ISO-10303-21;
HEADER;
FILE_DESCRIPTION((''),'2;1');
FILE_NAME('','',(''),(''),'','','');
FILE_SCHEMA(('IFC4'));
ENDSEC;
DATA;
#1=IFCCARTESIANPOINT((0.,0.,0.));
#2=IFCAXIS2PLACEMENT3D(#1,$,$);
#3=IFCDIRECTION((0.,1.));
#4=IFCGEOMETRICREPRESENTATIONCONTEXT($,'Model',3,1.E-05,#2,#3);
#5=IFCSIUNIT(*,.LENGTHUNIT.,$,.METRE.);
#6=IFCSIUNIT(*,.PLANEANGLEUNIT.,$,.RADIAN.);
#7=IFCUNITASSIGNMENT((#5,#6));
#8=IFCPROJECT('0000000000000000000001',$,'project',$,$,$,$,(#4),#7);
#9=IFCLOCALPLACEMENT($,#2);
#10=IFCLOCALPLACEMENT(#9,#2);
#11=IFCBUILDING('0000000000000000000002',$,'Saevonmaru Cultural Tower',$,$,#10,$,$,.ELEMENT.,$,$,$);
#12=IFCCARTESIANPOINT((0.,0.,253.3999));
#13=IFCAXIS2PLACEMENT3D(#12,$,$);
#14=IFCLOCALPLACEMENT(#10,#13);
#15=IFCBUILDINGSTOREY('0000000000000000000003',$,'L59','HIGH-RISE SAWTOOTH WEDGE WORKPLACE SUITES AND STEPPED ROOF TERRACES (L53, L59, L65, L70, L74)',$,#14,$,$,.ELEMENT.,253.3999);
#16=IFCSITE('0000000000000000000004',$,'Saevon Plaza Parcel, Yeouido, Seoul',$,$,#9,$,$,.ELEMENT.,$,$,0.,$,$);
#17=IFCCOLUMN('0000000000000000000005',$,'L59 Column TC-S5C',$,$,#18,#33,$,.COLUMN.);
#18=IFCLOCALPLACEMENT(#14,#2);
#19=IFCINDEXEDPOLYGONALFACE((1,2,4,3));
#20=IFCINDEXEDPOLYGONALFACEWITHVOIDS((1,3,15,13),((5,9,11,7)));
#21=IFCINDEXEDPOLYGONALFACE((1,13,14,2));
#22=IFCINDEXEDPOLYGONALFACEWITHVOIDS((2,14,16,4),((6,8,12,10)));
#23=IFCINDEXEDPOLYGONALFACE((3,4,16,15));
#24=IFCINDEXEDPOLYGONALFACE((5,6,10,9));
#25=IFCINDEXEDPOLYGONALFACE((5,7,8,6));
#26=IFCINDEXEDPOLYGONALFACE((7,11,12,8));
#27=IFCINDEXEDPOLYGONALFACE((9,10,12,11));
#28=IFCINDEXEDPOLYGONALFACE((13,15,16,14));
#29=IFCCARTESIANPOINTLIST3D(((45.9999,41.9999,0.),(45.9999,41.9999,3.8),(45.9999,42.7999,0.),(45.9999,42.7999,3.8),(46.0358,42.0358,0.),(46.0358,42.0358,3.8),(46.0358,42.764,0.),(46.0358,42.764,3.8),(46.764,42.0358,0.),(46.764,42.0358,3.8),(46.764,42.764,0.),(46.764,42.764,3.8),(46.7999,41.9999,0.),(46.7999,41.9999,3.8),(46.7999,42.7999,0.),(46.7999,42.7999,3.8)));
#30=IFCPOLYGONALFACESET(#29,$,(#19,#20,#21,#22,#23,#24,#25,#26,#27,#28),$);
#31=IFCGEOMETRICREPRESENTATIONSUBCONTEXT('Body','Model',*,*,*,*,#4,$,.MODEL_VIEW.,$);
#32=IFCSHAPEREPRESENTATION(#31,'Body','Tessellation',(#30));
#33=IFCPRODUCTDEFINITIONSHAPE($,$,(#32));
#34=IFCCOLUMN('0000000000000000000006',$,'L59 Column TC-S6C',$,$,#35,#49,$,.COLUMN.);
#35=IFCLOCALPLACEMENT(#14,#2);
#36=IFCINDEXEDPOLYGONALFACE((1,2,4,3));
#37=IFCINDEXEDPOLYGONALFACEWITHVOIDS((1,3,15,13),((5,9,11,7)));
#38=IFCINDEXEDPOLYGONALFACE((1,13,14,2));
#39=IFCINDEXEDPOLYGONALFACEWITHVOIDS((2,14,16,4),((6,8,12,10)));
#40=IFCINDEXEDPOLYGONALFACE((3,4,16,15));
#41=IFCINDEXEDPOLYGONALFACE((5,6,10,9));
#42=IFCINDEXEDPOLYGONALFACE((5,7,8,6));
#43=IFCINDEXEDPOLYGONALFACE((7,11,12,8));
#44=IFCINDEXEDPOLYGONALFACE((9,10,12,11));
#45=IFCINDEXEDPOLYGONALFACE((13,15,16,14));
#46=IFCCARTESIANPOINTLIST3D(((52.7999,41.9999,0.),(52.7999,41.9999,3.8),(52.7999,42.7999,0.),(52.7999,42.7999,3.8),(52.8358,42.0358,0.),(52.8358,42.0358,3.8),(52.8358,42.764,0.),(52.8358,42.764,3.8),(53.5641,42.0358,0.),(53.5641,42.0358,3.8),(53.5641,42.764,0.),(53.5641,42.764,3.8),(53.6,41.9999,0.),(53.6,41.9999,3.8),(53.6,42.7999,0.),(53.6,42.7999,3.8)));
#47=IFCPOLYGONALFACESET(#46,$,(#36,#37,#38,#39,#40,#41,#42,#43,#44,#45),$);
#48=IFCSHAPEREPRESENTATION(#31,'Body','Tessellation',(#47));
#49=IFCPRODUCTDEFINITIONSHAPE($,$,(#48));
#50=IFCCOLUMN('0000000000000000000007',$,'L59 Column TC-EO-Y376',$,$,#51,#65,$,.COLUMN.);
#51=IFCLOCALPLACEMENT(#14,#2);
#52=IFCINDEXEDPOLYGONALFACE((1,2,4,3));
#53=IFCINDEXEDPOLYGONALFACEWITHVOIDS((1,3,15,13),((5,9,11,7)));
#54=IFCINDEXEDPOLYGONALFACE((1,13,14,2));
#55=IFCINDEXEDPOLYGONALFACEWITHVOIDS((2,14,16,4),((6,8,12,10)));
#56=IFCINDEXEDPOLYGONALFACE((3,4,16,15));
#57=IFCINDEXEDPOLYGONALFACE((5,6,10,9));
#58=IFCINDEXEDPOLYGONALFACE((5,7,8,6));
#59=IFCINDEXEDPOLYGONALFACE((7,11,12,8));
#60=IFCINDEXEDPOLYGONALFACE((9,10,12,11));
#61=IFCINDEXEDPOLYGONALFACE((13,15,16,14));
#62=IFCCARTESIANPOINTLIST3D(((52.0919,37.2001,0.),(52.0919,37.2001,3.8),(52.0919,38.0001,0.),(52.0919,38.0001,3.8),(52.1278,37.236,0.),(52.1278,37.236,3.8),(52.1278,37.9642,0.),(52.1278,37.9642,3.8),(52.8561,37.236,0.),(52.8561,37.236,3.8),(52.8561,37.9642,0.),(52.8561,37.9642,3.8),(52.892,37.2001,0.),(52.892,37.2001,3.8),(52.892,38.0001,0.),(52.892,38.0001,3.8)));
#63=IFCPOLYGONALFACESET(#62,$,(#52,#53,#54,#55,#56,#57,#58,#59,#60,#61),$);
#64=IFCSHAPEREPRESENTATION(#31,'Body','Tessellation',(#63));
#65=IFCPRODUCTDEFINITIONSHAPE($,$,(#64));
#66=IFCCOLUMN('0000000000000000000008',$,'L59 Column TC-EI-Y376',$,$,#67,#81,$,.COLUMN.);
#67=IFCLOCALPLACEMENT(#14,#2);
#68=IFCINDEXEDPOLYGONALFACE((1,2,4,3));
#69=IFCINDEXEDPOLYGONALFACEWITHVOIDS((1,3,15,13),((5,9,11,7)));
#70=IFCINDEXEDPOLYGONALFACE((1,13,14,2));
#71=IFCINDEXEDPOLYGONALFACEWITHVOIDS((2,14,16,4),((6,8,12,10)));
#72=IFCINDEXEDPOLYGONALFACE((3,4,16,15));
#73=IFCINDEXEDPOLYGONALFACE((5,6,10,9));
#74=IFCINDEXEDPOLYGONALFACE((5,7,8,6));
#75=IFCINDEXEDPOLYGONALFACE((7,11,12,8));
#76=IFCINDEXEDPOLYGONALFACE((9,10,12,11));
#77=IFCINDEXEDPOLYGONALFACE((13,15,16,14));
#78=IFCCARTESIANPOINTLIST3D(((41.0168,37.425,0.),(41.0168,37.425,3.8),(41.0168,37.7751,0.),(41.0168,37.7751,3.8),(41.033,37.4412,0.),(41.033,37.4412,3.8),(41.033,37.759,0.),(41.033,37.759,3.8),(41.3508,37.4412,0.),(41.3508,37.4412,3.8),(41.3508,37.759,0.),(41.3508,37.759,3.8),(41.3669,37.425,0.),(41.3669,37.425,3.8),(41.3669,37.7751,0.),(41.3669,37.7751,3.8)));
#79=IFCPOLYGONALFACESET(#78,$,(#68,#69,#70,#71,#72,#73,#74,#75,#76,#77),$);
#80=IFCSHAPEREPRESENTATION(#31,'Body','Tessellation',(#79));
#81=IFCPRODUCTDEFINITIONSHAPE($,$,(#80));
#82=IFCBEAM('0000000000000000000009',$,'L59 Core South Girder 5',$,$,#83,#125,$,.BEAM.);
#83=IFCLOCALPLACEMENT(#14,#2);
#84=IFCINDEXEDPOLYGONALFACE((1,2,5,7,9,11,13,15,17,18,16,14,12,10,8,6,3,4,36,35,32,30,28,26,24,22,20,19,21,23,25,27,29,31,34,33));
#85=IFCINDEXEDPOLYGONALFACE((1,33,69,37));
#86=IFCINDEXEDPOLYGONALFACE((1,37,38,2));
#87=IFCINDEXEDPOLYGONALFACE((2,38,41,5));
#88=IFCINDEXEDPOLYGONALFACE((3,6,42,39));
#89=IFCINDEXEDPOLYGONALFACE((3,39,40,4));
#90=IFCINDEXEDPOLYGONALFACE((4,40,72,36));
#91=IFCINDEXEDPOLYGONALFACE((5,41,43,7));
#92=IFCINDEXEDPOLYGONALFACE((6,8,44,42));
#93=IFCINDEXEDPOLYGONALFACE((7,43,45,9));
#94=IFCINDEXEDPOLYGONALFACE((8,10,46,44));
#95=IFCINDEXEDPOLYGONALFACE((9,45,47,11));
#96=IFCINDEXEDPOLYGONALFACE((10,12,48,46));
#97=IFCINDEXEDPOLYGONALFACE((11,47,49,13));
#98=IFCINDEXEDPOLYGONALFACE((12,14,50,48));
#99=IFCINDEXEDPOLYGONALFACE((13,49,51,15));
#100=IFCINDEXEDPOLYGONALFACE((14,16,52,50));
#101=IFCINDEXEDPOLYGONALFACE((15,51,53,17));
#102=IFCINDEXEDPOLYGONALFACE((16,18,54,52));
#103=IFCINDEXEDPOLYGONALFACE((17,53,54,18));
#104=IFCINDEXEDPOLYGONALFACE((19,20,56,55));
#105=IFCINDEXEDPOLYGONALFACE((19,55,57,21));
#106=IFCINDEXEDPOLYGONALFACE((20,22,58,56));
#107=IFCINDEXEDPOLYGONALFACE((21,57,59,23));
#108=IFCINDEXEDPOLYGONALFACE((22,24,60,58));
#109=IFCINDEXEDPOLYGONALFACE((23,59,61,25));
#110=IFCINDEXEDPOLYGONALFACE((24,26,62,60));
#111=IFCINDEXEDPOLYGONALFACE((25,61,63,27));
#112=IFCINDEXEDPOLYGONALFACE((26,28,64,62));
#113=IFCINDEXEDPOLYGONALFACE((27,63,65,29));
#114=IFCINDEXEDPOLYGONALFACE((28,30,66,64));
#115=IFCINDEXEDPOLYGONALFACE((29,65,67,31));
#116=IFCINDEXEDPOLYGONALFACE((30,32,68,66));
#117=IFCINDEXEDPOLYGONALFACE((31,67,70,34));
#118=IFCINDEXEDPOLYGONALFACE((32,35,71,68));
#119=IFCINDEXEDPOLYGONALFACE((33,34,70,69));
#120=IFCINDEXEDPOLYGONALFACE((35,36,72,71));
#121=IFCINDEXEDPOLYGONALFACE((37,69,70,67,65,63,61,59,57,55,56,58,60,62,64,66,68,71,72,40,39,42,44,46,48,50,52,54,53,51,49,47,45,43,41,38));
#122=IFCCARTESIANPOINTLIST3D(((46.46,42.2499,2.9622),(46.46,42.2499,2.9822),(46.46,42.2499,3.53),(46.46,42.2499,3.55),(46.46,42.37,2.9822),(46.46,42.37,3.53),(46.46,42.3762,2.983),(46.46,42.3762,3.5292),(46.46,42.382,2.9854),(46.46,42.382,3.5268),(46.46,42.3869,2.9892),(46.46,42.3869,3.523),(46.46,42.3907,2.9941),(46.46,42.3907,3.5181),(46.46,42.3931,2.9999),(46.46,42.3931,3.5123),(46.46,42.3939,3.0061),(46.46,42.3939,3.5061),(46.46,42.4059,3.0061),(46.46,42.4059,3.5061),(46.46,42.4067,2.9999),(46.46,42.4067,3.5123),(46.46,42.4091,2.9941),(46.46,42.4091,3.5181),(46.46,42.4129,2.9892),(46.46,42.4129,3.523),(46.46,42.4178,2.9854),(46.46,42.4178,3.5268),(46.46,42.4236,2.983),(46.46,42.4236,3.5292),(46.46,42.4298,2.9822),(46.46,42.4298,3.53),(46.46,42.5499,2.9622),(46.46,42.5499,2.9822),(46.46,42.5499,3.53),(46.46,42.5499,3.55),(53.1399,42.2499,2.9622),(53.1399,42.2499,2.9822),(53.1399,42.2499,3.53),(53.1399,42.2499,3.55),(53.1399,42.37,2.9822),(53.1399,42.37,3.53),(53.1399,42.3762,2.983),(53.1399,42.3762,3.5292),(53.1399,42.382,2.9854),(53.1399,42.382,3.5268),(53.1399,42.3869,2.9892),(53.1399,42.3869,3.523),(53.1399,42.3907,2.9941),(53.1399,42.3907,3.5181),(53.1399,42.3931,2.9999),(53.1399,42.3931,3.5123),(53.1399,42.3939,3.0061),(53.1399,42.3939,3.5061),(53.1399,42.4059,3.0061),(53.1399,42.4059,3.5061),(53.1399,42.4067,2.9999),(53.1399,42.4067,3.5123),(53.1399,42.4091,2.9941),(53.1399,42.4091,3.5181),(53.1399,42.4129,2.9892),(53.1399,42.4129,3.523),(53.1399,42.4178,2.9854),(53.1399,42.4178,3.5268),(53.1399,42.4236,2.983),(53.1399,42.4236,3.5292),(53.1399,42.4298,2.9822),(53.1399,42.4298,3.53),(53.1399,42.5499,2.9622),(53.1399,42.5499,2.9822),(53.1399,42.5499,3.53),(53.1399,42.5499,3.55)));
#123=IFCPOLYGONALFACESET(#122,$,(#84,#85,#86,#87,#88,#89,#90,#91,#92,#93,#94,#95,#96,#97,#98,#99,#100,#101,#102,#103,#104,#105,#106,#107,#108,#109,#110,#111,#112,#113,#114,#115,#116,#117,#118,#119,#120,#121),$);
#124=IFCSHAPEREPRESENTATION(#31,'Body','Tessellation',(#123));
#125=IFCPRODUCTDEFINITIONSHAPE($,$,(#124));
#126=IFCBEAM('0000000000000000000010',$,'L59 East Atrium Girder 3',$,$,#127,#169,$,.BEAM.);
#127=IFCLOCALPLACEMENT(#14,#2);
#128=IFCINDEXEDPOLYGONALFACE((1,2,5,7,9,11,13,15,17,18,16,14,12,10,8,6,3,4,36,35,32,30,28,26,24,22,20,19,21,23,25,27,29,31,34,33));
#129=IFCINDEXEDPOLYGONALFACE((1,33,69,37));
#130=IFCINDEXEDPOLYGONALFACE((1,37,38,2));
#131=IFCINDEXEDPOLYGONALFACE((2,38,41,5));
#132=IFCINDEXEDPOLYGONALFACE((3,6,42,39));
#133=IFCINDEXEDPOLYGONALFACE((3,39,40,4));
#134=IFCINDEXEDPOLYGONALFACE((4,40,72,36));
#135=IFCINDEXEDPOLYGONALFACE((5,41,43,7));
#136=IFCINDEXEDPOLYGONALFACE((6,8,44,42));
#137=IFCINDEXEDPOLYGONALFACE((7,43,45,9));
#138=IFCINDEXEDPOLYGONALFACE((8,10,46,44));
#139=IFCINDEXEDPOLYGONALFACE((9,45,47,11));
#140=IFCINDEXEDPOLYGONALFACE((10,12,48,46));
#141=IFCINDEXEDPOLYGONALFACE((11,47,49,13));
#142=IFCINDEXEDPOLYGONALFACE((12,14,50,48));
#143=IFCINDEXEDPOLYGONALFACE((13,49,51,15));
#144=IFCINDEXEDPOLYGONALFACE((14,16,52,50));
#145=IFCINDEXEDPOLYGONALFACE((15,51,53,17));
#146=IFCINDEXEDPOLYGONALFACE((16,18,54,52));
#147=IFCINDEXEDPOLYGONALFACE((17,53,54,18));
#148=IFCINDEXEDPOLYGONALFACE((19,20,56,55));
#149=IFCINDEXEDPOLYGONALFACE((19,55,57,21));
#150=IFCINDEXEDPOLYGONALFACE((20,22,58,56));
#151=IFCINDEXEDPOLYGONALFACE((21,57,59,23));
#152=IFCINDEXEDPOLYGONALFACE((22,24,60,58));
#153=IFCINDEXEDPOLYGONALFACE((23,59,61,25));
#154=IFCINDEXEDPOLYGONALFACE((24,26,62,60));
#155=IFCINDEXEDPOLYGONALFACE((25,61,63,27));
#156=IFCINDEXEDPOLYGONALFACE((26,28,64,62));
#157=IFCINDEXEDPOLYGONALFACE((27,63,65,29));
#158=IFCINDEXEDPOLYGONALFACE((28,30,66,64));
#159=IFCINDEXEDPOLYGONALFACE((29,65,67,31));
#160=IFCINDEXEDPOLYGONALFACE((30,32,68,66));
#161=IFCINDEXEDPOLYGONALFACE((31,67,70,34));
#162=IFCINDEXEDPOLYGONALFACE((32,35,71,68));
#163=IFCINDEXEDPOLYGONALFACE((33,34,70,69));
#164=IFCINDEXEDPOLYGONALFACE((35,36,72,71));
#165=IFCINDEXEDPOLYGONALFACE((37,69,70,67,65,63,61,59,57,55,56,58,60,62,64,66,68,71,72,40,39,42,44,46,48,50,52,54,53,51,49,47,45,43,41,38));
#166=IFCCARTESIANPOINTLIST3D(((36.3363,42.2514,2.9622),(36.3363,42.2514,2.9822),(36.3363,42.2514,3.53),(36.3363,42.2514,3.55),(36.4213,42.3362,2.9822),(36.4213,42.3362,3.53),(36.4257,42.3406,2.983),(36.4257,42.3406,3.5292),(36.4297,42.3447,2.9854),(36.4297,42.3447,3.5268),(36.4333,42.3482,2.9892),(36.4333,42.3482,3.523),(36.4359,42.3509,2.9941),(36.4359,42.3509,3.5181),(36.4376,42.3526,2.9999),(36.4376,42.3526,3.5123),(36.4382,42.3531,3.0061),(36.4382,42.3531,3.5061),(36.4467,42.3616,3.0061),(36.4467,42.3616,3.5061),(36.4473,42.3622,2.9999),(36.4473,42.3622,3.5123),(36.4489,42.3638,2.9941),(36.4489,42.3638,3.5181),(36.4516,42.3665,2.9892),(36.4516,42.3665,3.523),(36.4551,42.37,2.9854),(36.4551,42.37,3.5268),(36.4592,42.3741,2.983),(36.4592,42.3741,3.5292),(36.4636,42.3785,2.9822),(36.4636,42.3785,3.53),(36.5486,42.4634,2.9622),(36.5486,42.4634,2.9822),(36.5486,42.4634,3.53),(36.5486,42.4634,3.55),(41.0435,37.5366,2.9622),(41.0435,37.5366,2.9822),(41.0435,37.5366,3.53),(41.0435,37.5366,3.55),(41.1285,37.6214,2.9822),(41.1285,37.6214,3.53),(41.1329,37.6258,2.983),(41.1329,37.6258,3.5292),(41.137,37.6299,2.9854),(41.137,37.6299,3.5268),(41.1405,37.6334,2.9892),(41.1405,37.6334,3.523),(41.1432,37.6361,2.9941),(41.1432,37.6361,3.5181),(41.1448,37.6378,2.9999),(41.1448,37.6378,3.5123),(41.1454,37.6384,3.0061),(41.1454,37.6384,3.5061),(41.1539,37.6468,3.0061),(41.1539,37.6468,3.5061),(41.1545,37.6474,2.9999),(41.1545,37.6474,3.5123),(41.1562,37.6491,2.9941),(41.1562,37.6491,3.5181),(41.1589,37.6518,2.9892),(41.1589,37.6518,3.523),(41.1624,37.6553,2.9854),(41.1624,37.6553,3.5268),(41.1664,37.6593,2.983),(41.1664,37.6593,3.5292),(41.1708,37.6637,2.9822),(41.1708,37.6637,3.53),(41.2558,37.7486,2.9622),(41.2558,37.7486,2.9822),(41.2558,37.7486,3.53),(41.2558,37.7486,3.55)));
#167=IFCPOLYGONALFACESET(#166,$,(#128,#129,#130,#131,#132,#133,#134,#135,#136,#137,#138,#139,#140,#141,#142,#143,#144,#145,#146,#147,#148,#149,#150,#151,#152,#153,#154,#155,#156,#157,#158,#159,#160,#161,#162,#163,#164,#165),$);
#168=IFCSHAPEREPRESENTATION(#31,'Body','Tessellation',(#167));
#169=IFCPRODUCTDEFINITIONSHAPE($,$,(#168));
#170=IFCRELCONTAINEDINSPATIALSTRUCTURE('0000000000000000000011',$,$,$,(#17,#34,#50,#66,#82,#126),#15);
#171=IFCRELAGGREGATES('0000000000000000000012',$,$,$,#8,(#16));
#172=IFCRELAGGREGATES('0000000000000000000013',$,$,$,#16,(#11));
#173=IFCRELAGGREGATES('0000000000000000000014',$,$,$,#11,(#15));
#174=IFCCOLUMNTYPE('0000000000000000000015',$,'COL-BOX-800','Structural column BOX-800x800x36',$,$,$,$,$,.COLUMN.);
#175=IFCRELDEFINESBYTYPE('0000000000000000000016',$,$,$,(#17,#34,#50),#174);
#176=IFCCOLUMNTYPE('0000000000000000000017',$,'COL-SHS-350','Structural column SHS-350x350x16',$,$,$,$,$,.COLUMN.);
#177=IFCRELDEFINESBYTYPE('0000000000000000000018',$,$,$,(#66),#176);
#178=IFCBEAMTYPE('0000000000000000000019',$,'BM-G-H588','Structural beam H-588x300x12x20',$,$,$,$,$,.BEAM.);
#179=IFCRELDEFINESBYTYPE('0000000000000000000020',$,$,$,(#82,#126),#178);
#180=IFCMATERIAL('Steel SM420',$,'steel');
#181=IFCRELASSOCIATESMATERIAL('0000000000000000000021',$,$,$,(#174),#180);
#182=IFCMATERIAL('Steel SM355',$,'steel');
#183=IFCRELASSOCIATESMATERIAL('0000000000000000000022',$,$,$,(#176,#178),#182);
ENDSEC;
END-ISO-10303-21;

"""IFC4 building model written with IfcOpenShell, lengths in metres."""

from ifc_helpers import new_model, si_unit, direction, frame, origin, origin_2d, place, context, subcontext, project, spatial, hollow_rectangle, i_section, extrude, material, material_profile, profile_set, type_object, element, save


model = new_model("IFC4")

# Units and contexts
model_context = context("Model", 3, precision=1e-05, world=origin(), true_north=direction((0.0, 1.0)))
body_context = subcontext(model_context, "Body", "Model", "MODEL_VIEW")
ifc_project = project(units=[si_unit("LENGTHUNIT", "METRE"), si_unit("PLANEANGLEUNIT", "RADIAN")], contexts=[model_context])

# Site, building, storey
site_placement = place(None, origin())
site = spatial("IfcSite", under=ifc_project, at=site_placement, Name="Saevon Plaza Parcel, Yeouido, Seoul", CompositionType="ELEMENT", RefElevation=0.0)
building_placement = place(site_placement, origin())
building = spatial("IfcBuilding", under=site, at=building_placement, Name="Saevonmaru Cultural Tower", CompositionType="ELEMENT")
storey_placement = place(building_placement, frame((0.0, 0.0, 253.3999)))
storey = spatial("IfcBuildingStorey", under=building, at=storey_placement, Name="L59", Description="HIGH-RISE SAWTOOTH WEDGE WORKPLACE SUITES AND STEPPED ROOF TERRACES (L53, L59, L65, L70, L74)", CompositionType="ELEMENT", Elevation=253.3999)

# Columns
ifc_material_1 = material(Name="Steel SM420", Category="steel")
ifc_material_profile_1 = material_profile(ifc_material_1, hollow_rectangle(XDim=0.8, YDim=0.8, WallThickness=0.0359, at=origin_2d()), Name="BOX-800x800x36")
ifc_profile_set_1 = profile_set([ifc_material_profile_1], Name="Steel SM420")
column_type_1 = type_object("IfcColumnType", Name="COL-BOX-800", Description="Structural column BOX-800x800x36", PredefinedType="COLUMN", material=ifc_profile_set_1)
for number, where, z_axis, x_axis, name in (
    (1, (46.3999, 42.3999, 0.0), (0.0, 0.0, 1.0), (1.0, 0.0, 0.0), "L59 Column TC-S5C"),
    (2, (53.2, 42.3999, 0.0), (0.0, 0.0, 1.0), (1.0, 0.0, 0.0), "L59 Column TC-S6C"),
    (3, (52.4919, 37.6001, 0.0), (0.0, 0.0, 1.0), (1.0, 0.0, 0.0), "L59 Column TC-EO-Y376"),
):
    element("IfcColumn", number, at=place(storey_placement, frame(where, z_axis=z_axis, x_axis=x_axis)), inside=storey, type_object=column_type_1, Name=name, PredefinedType="COLUMN", context=body_context, shape_type="SweptSolid", body=[
        extrude(hollow_rectangle(XDim=0.8, YDim=0.8, WallThickness=0.0359, at=origin_2d()), origin(), (0.0, 0.0, 1.0), 3.8),
    ])
ifc_material_2 = material(Name="Steel SM355", Category="steel")
ifc_material_profile_2 = material_profile(ifc_material_2, hollow_rectangle(XDim=0.3501, YDim=0.3501, WallThickness=0.0161, at=origin_2d()), Name="SHS-350x350x16")
ifc_profile_set_2 = profile_set([ifc_material_profile_2], Name="Steel SM355")
column_type_2 = type_object("IfcColumnType", Name="COL-SHS-350", Description="Structural column SHS-350x350x16", PredefinedType="COLUMN", material=ifc_profile_set_2)
column_placement = place(storey_placement, frame((41.1919, 37.6001, 0.0), z_axis=(0.0, 0.0, 1.0), x_axis=(1.0, 0.0, 0.0)))
element("IfcColumn", 4, at=column_placement, inside=storey, type_object=column_type_2, Name="L59 Column TC-EI-Y376", PredefinedType="COLUMN", context=body_context, shape_type="SweptSolid", body=[
    extrude(hollow_rectangle(XDim=0.3501, YDim=0.3501, WallThickness=0.0161, at=origin_2d()), origin(), (0.0, 0.0, 1.0), 3.8),
])

# Beams
ifc_material_profile_3 = material_profile(ifc_material_2, i_section(OverallWidth=0.3, OverallDepth=0.5879, WebThickness=0.012, FlangeThickness=0.02, FilletRadius=0.0239, at=origin_2d()), Name="H-588x300x12x20")
ifc_profile_set_3 = profile_set([ifc_material_profile_3], Name="Steel SM355")
beam_type_1 = type_object("IfcBeamType", Name="BM-G-H588", Description="Structural beam H-588x300x12x20", PredefinedType="BEAM", material=ifc_profile_set_3)
beam_1_placement = place(storey_placement, frame((46.46, 42.3999, 3.2561), z_axis=(1.0, 0.0, 0.0), x_axis=(0.0, 1.0, 0.0)))
element("IfcBeam", 5, at=beam_1_placement, inside=storey, type_object=beam_type_1, Name="L59 Core South Girder 5", PredefinedType="BEAM", context=body_context, shape_type="SweptSolid", body=[
    extrude(i_section(OverallWidth=0.3, OverallDepth=0.5879, WebThickness=0.012, FlangeThickness=0.02, FilletRadius=0.0239, at=origin_2d()), origin(), (0.0, 0.0, 1.0), 6.6799),
])
beam_2_placement = place(storey_placement, frame((41.1497, 37.6426, 3.2561), z_axis=(-0.706539, 0.707675, 0.0), x_axis=(-0.707675, -0.706539, 0.0)))
element("IfcBeam", 6, at=beam_2_placement, inside=storey, type_object=beam_type_1, Name="L59 East Atrium Girder 3", PredefinedType="BEAM", context=body_context, shape_type="SweptSolid", body=[
    extrude(i_section(OverallWidth=0.3, OverallDepth=0.5879, WebThickness=0.012, FlangeThickness=0.02, FilletRadius=0.0239, at=origin_2d()), origin(), (0.0, 0.0, 1.0), 6.6624),
])

save(model, "model.ifc")
